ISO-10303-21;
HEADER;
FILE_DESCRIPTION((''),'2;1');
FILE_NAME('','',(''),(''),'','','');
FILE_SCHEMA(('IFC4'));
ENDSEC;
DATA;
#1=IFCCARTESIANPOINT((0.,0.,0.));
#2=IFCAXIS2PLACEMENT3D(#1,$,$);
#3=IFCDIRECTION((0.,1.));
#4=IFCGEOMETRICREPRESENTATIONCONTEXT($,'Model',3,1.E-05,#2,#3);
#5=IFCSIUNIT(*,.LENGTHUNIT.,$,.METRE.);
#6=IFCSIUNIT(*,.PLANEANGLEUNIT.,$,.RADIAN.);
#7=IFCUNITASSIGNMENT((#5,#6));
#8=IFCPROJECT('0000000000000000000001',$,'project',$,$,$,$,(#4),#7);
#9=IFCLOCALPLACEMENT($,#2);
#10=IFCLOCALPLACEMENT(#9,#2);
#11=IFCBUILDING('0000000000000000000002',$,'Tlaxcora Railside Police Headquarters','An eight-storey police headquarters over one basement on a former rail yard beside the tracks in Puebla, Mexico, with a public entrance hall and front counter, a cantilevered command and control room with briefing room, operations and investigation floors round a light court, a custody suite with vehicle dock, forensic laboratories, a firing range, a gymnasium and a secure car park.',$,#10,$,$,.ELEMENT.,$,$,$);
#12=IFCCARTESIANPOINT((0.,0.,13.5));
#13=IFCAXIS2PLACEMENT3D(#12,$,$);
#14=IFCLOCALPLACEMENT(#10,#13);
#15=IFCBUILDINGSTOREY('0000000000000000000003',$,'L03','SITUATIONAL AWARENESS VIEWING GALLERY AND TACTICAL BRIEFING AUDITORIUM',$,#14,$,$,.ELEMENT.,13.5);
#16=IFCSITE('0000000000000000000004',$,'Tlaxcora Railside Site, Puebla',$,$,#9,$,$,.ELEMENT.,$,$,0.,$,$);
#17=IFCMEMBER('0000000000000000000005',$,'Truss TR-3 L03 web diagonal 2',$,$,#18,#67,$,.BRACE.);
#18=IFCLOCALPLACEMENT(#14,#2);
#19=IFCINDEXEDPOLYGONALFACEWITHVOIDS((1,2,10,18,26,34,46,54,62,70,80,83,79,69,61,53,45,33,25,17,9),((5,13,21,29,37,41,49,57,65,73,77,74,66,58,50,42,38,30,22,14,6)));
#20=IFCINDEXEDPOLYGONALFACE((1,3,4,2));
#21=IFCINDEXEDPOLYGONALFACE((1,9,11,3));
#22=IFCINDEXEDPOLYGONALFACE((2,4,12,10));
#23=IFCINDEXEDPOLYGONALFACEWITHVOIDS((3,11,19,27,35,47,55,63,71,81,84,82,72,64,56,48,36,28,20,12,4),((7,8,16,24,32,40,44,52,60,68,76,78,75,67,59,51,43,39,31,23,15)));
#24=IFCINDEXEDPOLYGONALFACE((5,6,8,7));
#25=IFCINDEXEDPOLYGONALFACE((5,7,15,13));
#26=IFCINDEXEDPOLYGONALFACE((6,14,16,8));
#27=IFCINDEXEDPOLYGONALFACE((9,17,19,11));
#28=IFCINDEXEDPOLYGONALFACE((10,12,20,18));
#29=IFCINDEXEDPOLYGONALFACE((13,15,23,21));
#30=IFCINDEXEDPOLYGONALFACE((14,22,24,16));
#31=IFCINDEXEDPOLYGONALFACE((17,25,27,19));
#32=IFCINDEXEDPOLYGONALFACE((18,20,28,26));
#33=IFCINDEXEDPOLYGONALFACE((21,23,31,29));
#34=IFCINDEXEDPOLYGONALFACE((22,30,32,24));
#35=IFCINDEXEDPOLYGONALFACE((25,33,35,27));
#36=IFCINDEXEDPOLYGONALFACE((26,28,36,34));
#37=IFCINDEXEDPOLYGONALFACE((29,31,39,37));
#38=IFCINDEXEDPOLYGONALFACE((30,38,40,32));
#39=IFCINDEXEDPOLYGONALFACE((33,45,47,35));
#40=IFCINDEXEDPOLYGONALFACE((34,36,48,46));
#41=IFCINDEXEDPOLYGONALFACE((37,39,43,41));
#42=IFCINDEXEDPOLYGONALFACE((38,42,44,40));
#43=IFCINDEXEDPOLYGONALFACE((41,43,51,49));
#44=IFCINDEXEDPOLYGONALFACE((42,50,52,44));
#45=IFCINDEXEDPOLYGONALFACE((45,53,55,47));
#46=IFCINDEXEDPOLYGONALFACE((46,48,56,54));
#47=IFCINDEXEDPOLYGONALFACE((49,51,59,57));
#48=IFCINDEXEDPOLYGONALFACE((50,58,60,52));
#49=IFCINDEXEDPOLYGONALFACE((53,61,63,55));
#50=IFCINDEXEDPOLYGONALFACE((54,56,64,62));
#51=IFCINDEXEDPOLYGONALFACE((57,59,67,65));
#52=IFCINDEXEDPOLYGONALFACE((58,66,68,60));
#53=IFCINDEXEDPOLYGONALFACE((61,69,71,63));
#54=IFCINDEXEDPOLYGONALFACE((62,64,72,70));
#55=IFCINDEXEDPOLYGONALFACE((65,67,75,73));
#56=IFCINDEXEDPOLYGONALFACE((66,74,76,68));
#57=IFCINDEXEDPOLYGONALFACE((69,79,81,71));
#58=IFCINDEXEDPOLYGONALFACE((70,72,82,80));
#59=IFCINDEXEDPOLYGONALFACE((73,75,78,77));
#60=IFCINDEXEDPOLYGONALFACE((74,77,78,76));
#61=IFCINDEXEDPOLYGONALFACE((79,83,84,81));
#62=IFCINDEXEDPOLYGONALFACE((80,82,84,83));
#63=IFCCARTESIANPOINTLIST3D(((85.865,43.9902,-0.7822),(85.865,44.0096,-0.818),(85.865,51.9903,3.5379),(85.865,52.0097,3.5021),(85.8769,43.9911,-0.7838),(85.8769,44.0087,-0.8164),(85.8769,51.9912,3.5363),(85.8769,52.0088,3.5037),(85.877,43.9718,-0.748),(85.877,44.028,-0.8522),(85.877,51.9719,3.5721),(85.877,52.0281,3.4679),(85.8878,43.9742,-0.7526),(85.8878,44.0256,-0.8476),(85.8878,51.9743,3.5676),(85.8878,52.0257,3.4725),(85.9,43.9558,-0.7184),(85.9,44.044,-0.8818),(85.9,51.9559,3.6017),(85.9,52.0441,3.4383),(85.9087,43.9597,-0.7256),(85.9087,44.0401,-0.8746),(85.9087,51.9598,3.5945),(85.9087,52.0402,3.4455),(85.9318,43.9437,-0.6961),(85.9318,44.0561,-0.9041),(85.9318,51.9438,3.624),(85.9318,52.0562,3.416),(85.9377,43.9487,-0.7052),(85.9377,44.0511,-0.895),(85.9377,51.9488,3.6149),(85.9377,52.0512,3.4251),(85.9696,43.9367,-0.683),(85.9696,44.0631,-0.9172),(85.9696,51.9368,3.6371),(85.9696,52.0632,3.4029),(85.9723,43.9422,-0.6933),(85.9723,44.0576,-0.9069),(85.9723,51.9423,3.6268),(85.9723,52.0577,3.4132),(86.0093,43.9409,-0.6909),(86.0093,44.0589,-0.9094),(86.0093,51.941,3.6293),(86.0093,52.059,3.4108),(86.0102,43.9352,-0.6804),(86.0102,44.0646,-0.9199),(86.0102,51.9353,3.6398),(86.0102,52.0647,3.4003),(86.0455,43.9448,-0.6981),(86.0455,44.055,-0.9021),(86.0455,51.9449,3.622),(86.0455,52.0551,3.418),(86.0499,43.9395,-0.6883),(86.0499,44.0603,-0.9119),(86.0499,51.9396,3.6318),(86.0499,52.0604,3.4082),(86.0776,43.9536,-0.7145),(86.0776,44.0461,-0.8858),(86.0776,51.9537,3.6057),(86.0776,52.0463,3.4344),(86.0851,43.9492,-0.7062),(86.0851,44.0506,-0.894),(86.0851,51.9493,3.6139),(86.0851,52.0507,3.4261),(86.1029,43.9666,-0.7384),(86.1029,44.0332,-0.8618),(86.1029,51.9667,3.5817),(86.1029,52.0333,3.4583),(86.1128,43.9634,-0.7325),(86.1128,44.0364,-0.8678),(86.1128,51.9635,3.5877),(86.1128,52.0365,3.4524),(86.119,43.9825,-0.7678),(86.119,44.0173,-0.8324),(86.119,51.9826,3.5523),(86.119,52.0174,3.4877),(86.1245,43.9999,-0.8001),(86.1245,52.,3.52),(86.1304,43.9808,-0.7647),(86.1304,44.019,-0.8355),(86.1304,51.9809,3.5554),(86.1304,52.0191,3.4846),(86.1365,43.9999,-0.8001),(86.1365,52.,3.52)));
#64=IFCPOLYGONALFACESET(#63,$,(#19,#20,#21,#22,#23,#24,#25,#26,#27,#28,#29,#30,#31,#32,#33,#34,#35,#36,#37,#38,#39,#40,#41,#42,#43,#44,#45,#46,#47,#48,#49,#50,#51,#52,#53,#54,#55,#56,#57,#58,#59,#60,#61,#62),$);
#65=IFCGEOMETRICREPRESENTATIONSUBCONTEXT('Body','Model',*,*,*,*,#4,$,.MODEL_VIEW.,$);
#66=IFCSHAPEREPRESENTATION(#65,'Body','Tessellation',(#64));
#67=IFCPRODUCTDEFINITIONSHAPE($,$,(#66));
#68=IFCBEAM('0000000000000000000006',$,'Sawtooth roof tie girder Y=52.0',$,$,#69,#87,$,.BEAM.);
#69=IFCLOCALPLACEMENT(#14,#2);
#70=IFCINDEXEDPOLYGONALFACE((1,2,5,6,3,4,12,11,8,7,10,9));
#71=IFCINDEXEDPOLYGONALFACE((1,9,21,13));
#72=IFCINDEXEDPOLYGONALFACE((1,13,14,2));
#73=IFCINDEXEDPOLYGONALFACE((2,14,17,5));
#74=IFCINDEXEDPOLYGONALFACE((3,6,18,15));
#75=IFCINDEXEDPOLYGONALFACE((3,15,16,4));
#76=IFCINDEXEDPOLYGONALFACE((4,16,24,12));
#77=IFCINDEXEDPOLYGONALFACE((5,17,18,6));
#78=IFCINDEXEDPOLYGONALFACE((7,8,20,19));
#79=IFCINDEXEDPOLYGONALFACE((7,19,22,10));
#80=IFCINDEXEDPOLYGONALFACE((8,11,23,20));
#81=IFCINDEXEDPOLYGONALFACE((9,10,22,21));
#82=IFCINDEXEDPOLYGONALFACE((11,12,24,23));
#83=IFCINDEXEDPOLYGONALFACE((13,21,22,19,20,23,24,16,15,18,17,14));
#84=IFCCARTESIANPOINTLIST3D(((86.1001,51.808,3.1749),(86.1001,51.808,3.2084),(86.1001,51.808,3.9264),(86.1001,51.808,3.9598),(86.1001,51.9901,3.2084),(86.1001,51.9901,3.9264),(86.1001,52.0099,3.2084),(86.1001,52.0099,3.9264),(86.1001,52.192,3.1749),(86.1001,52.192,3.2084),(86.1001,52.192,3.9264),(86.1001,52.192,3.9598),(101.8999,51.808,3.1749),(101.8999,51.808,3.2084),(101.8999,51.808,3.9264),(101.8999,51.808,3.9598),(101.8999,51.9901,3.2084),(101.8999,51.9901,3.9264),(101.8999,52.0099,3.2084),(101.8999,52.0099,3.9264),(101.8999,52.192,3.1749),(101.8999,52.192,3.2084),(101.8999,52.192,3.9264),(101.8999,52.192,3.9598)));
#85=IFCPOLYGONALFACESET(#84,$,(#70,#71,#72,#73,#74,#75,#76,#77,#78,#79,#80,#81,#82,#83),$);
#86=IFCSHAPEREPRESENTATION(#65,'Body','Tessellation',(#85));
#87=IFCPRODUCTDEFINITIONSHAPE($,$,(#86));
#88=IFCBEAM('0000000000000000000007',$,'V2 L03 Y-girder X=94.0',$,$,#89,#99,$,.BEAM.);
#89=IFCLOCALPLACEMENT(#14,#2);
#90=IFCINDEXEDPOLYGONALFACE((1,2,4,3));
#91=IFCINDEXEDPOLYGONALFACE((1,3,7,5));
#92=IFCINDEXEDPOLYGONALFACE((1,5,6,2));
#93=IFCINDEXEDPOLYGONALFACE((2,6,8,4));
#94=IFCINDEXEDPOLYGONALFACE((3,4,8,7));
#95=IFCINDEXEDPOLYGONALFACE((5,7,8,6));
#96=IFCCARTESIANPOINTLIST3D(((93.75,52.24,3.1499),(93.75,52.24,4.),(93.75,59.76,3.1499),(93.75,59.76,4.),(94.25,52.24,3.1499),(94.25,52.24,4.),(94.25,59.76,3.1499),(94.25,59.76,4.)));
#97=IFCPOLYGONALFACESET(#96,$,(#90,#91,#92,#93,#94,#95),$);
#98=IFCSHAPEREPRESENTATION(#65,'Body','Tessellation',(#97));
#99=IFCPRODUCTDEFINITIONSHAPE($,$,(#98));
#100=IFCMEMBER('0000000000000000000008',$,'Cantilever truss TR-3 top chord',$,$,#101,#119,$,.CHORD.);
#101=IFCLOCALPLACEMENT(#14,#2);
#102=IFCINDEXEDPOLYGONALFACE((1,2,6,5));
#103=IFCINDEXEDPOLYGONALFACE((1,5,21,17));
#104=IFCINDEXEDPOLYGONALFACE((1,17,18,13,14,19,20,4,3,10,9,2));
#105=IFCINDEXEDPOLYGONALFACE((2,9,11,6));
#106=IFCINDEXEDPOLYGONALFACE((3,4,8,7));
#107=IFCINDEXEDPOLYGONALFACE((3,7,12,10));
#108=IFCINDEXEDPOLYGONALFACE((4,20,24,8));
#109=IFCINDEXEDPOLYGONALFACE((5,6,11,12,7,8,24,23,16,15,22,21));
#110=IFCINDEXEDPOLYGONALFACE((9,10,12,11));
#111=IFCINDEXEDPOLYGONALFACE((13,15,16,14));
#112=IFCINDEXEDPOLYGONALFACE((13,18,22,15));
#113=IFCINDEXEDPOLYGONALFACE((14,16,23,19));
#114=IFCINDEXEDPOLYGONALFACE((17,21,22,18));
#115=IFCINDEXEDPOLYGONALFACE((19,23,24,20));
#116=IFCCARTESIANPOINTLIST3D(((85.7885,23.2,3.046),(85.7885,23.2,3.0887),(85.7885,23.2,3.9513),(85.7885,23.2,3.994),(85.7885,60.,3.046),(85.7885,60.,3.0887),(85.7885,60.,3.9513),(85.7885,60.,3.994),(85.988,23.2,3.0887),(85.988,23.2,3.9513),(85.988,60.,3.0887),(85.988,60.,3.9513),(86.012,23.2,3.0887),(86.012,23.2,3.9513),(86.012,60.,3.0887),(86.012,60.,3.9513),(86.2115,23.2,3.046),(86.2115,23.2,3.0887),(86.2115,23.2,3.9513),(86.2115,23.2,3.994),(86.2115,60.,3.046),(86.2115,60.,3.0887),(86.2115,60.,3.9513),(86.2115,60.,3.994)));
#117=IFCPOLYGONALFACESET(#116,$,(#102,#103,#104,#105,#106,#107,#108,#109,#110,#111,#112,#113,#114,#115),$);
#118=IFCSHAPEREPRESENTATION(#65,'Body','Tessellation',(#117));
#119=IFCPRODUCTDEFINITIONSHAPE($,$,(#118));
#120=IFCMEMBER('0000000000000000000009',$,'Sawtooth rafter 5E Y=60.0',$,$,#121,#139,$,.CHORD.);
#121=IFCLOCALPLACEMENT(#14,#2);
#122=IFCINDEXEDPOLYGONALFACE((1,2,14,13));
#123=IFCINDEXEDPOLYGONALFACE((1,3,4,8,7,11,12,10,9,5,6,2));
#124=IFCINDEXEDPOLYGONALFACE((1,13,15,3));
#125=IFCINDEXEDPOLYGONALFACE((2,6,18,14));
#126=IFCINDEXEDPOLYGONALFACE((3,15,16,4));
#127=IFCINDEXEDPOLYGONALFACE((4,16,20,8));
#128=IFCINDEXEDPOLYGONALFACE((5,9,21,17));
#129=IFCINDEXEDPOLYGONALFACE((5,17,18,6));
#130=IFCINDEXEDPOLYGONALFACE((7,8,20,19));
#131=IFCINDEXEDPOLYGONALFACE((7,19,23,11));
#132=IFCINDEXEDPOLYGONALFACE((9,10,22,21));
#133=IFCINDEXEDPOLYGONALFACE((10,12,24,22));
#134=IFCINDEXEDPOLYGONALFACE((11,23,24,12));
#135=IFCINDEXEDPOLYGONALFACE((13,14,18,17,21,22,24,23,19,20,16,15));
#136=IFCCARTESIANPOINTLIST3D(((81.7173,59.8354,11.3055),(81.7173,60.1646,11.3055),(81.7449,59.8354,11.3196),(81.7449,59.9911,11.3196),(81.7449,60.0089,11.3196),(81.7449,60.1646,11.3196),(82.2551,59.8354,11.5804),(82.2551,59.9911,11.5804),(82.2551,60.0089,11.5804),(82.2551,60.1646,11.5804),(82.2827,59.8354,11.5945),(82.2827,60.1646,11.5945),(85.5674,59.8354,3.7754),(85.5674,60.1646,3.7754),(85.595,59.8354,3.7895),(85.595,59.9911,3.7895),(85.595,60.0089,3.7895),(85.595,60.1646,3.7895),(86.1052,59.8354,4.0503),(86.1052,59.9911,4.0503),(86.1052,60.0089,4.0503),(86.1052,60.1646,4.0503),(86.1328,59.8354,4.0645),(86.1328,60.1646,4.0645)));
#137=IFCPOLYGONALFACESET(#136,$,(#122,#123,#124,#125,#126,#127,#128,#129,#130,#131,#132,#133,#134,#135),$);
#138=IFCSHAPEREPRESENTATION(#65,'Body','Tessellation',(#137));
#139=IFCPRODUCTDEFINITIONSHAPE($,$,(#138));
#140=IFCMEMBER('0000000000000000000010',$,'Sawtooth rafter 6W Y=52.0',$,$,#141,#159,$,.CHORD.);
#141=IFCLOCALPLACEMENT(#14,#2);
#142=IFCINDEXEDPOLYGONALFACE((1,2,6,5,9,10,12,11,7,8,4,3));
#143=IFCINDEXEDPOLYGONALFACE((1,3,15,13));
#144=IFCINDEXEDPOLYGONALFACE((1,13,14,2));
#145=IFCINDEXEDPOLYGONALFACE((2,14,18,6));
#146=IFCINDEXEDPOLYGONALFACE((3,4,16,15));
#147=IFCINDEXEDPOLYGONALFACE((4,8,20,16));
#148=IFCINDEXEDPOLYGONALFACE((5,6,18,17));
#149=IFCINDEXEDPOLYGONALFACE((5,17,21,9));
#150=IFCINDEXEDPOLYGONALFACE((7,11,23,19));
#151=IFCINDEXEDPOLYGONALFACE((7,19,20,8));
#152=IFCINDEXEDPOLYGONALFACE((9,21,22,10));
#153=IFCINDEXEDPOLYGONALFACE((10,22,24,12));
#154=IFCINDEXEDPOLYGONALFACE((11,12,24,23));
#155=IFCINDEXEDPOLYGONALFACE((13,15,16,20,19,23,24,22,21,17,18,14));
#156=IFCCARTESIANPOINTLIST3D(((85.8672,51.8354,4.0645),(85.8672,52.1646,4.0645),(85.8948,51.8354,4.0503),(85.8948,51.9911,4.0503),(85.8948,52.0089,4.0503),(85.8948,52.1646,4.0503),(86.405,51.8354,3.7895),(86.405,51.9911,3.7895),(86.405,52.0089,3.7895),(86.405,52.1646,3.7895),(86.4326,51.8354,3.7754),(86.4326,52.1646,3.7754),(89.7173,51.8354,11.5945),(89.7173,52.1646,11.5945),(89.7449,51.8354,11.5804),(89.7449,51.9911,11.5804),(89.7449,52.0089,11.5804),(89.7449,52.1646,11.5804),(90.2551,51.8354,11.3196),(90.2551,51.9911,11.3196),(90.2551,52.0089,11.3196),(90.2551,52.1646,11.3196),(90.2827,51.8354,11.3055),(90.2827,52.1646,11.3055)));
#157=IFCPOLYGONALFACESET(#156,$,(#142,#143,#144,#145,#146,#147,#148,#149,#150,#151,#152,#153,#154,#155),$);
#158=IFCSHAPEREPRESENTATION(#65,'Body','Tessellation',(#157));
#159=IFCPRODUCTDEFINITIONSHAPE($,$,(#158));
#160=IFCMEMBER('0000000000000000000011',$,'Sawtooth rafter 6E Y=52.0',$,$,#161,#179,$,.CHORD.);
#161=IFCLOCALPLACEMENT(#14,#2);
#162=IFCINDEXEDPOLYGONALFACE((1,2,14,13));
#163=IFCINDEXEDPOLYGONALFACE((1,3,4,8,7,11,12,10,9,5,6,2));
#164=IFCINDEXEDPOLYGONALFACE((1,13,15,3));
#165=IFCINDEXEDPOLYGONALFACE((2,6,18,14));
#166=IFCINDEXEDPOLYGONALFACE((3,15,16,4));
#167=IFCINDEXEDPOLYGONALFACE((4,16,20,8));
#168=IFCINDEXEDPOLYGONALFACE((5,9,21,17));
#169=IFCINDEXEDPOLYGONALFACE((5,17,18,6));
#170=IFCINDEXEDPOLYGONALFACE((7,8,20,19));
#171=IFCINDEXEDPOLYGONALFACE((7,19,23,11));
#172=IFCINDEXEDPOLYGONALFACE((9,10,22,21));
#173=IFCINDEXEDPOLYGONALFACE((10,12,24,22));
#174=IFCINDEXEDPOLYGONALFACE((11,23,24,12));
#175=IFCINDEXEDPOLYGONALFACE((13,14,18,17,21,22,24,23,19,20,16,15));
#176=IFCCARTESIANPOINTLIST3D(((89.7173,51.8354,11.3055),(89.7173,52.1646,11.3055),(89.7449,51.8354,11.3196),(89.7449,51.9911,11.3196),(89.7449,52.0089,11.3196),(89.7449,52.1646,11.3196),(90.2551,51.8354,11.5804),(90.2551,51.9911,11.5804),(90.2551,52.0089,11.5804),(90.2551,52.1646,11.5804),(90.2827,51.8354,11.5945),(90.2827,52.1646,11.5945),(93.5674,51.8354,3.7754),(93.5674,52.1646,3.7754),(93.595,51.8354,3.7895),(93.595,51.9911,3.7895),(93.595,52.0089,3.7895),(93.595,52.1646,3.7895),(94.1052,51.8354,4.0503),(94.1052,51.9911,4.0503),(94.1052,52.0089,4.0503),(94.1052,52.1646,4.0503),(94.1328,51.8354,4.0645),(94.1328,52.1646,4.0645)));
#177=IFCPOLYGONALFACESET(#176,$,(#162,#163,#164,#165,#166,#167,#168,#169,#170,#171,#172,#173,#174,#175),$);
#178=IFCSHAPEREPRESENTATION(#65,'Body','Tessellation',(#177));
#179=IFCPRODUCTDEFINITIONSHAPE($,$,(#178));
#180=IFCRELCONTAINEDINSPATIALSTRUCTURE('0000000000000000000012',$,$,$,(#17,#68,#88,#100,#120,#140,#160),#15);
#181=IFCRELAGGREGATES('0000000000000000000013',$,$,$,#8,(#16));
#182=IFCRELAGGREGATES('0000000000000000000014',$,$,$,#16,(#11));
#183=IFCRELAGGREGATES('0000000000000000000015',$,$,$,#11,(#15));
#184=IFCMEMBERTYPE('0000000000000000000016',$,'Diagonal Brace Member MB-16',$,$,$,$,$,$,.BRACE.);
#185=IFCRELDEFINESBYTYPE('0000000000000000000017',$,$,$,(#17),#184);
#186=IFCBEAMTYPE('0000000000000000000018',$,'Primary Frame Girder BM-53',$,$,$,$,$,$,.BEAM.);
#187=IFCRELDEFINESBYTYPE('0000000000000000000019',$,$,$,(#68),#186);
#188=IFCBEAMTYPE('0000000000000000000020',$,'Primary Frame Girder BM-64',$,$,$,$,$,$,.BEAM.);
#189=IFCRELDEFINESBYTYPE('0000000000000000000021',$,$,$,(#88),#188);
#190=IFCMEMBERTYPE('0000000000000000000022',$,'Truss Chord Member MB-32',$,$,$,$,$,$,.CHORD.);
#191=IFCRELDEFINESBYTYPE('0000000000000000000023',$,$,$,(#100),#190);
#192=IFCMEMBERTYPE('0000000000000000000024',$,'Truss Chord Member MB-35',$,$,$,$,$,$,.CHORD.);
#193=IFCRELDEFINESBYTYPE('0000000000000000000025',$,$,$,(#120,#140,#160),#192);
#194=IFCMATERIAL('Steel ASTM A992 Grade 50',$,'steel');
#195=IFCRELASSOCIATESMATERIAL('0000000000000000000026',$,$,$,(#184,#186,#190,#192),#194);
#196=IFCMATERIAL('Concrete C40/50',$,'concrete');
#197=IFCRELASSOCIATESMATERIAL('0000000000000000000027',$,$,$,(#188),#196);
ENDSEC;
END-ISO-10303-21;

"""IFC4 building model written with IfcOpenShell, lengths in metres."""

from ifc_helpers import new_model, si_unit, direction, frame, origin, origin_2d, place, context, subcontext, project, spatial, rectangle, hollow_circle, i_section, extrude, material, material_profile, profile_set, type_object, element, save


model = new_model("IFC4")

# Units and contexts
model_context = context("Model", 3, precision=1e-05, world=origin(), true_north=direction((0.0, 1.0)))
body_context = subcontext(model_context, "Body", "Model", "MODEL_VIEW")
ifc_project = project(units=[si_unit("LENGTHUNIT", "METRE"), si_unit("PLANEANGLEUNIT", "RADIAN")], contexts=[model_context])

# Site, building, storey
site_placement = place(None, origin())
site = spatial("IfcSite", under=ifc_project, at=site_placement, Name="Tlaxcora Railside Site, Puebla", CompositionType="ELEMENT", RefElevation=0.0)
building_placement = place(site_placement, origin())
building = spatial("IfcBuilding", under=site, at=building_placement, Name="Tlaxcora Railside Police Headquarters", Description="An eight-storey police headquarters over one basement on a former rail yard beside the tracks in Puebla, Mexico, with a public entrance hall and front counter, a cantilevered command and control room with briefing room, operations and investigation floors round a light court, a custody suite with vehicle dock, forensic laboratories, a firing range, a gymnasium and a secure car park.", CompositionType="ELEMENT")
storey_placement = place(building_placement, frame((0.0, 0.0, 13.5)))
storey = spatial("IfcBuildingStorey", under=building, at=storey_placement, Name="L03", Description="SITUATIONAL AWARENESS VIEWING GALLERY AND TACTICAL BRIEFING AUDITORIUM", CompositionType="ELEMENT", Elevation=13.5)

# Shared definitions
ifc_material_1 = material(Name="Concrete C40/50", Category="concrete")

# Member
ifc_material_2 = material(Name="Steel ASTM A992 Grade 50", Category="steel")
ifc_material_profile_1 = material_profile(ifc_material_2, hollow_circle(Radius=0.1365, WallThickness=0.012, at=origin_2d()), Name="CHS273X12")
ifc_profile_set_1 = profile_set([ifc_material_profile_1], Name="Steel ASTM A992 Grade 50")
member_type_1 = type_object("IfcMemberType", Name="Diagonal Brace Member MB-16", PredefinedType="BRACE", material=ifc_profile_set_1)
for number, where, z_axis, x_axis, name in (
    (1, (86.0, 52.0, 3.52), (0.0, -0.879902, -0.475155), (1.0, 0.0, 0.0), "Truss TR-3 L03 web diagonal 2"),
):
    element("IfcMember", number, at=place(storey_placement, frame(where, z_axis=z_axis, x_axis=x_axis)), inside=storey, type_object=member_type_1, Name=name, PredefinedType="BRACE", context=body_context, shape_type="SweptSolid", body=[
        extrude(hollow_circle(Radius=0.1365, WallThickness=0.012, at=origin_2d()), origin(), (0.0, 0.0, 1.0), 9.092),
    ])

# Beams
ifc_material_profile_2 = material_profile(ifc_material_2, i_section(OverallWidth=0.384, OverallDepth=0.7849, WebThickness=0.0198, FlangeThickness=0.0334, at=origin_2d()), Name="W30X211")
ifc_profile_set_2 = profile_set([ifc_material_profile_2], Name="Steel ASTM A992 Grade 50")
beam_type_1 = type_object("IfcBeamType", Name="Primary Frame Girder BM-53", PredefinedType="BEAM", material=ifc_profile_set_2)
beam_1_placement = place(storey_placement, frame((86.1001, 52.0, 3.5674), z_axis=(1.0, 0.0, 0.0), x_axis=(0.0, 1.0, 0.0)))
element("IfcBeam", 2, at=beam_1_placement, inside=storey, type_object=beam_type_1, Name="Sawtooth roof tie girder Y=52.0", PredefinedType="BEAM", context=body_context, shape_type="SweptSolid", body=[
    extrude(i_section(OverallWidth=0.384, OverallDepth=0.7849, WebThickness=0.0198, FlangeThickness=0.0334, at=origin_2d()), origin(), (0.0, 0.0, 1.0), 15.7998),
])
ifc_material_profile_3 = material_profile(ifc_material_1, rectangle(XDim=0.5, YDim=0.8501, at=origin_2d()), Name="RC500X850")
ifc_profile_set_3 = profile_set([ifc_material_profile_3], Name="Concrete C40/50")
beam_type_2 = type_object("IfcBeamType", Name="Primary Frame Girder BM-64", PredefinedType="BEAM", material=ifc_profile_set_3)
beam_2_placement = place(storey_placement, frame((94.0, 52.24, 3.575), z_axis=(0.0, 1.0, 0.0), x_axis=(-1.0, 0.0, 0.0)))
element("IfcBeam", 3, at=beam_2_placement, inside=storey, type_object=beam_type_2, Name="V2 L03 Y-girder X=94.0", PredefinedType="BEAM", context=body_context, shape_type="SweptSolid", body=[
    extrude(rectangle(XDim=0.5, YDim=0.8501, at=origin_2d()), origin(), (0.0, 0.0, 1.0), 7.52),
])

# Members
ifc_material_profile_4 = material_profile(ifc_material_2, i_section(OverallWidth=0.4231, OverallDepth=0.948, WebThickness=0.0239, FlangeThickness=0.0427, at=origin_2d()), Name="W36X302")
ifc_profile_set_4 = profile_set([ifc_material_profile_4], Name="Steel ASTM A992 Grade 50")
member_type_2 = type_object("IfcMemberType", Name="Truss Chord Member MB-32", PredefinedType="CHORD", material=ifc_profile_set_4)
member_1_placement = place(storey_placement, frame((86.0, 60.0, 3.52), z_axis=(0.0, -1.0, 0.0), x_axis=(1.0, 0.0, 0.0)))
element("IfcMember", 4, at=member_1_placement, inside=storey, type_object=member_type_2, Name="Cantilever truss TR-3 top chord", PredefinedType="CHORD", context=body_context, shape_type="SweptSolid", body=[
    extrude(i_section(OverallWidth=0.4231, OverallDepth=0.948, WebThickness=0.0239, FlangeThickness=0.0427, at=origin_2d()), origin(), (0.0, 0.0, 1.0), 36.8),
])
ifc_material_profile_5 = material_profile(ifc_material_2, i_section(OverallWidth=0.3291, OverallDepth=0.635, WebThickness=0.0178, FlangeThickness=0.031, at=origin_2d()), Name="W24X162")
ifc_profile_set_5 = profile_set([ifc_material_profile_5], Name="Steel ASTM A992 Grade 50")
member_type_3 = type_object("IfcMemberType", Name="Truss Chord Member MB-35", PredefinedType="CHORD", material=ifc_profile_set_5)
for number, where, z_axis, x_axis, name in (
    (5, (85.8501, 60.0, 3.9199), (-0.455244, 0.0, 0.890367), (0.0, -1.0, 0.0), "Sawtooth rafter 5E Y=60.0"),
    (6, (86.1499, 52.0, 3.9199), (0.455244, 0.0, 0.890367), (0.0, 1.0, 0.0), "Sawtooth rafter 6W Y=52.0"),
    (7, (93.8501, 52.0, 3.9199), (-0.455244, 0.0, 0.890367), (0.0, -1.0, 0.0), "Sawtooth rafter 6E Y=52.0"),
):
    element("IfcMember", number, at=place(storey_placement, frame(where, z_axis=z_axis, x_axis=x_axis)), inside=storey, type_object=member_type_3, Name=name, PredefinedType="CHORD", context=body_context, shape_type="SweptSolid", body=[
        extrude(i_section(OverallWidth=0.3291, OverallDepth=0.635, WebThickness=0.0178, FlangeThickness=0.031, at=origin_2d()), origin(), (0.0, 0.0, 1.0), 8.4573),
    ])

save(model, "model.ifc")
